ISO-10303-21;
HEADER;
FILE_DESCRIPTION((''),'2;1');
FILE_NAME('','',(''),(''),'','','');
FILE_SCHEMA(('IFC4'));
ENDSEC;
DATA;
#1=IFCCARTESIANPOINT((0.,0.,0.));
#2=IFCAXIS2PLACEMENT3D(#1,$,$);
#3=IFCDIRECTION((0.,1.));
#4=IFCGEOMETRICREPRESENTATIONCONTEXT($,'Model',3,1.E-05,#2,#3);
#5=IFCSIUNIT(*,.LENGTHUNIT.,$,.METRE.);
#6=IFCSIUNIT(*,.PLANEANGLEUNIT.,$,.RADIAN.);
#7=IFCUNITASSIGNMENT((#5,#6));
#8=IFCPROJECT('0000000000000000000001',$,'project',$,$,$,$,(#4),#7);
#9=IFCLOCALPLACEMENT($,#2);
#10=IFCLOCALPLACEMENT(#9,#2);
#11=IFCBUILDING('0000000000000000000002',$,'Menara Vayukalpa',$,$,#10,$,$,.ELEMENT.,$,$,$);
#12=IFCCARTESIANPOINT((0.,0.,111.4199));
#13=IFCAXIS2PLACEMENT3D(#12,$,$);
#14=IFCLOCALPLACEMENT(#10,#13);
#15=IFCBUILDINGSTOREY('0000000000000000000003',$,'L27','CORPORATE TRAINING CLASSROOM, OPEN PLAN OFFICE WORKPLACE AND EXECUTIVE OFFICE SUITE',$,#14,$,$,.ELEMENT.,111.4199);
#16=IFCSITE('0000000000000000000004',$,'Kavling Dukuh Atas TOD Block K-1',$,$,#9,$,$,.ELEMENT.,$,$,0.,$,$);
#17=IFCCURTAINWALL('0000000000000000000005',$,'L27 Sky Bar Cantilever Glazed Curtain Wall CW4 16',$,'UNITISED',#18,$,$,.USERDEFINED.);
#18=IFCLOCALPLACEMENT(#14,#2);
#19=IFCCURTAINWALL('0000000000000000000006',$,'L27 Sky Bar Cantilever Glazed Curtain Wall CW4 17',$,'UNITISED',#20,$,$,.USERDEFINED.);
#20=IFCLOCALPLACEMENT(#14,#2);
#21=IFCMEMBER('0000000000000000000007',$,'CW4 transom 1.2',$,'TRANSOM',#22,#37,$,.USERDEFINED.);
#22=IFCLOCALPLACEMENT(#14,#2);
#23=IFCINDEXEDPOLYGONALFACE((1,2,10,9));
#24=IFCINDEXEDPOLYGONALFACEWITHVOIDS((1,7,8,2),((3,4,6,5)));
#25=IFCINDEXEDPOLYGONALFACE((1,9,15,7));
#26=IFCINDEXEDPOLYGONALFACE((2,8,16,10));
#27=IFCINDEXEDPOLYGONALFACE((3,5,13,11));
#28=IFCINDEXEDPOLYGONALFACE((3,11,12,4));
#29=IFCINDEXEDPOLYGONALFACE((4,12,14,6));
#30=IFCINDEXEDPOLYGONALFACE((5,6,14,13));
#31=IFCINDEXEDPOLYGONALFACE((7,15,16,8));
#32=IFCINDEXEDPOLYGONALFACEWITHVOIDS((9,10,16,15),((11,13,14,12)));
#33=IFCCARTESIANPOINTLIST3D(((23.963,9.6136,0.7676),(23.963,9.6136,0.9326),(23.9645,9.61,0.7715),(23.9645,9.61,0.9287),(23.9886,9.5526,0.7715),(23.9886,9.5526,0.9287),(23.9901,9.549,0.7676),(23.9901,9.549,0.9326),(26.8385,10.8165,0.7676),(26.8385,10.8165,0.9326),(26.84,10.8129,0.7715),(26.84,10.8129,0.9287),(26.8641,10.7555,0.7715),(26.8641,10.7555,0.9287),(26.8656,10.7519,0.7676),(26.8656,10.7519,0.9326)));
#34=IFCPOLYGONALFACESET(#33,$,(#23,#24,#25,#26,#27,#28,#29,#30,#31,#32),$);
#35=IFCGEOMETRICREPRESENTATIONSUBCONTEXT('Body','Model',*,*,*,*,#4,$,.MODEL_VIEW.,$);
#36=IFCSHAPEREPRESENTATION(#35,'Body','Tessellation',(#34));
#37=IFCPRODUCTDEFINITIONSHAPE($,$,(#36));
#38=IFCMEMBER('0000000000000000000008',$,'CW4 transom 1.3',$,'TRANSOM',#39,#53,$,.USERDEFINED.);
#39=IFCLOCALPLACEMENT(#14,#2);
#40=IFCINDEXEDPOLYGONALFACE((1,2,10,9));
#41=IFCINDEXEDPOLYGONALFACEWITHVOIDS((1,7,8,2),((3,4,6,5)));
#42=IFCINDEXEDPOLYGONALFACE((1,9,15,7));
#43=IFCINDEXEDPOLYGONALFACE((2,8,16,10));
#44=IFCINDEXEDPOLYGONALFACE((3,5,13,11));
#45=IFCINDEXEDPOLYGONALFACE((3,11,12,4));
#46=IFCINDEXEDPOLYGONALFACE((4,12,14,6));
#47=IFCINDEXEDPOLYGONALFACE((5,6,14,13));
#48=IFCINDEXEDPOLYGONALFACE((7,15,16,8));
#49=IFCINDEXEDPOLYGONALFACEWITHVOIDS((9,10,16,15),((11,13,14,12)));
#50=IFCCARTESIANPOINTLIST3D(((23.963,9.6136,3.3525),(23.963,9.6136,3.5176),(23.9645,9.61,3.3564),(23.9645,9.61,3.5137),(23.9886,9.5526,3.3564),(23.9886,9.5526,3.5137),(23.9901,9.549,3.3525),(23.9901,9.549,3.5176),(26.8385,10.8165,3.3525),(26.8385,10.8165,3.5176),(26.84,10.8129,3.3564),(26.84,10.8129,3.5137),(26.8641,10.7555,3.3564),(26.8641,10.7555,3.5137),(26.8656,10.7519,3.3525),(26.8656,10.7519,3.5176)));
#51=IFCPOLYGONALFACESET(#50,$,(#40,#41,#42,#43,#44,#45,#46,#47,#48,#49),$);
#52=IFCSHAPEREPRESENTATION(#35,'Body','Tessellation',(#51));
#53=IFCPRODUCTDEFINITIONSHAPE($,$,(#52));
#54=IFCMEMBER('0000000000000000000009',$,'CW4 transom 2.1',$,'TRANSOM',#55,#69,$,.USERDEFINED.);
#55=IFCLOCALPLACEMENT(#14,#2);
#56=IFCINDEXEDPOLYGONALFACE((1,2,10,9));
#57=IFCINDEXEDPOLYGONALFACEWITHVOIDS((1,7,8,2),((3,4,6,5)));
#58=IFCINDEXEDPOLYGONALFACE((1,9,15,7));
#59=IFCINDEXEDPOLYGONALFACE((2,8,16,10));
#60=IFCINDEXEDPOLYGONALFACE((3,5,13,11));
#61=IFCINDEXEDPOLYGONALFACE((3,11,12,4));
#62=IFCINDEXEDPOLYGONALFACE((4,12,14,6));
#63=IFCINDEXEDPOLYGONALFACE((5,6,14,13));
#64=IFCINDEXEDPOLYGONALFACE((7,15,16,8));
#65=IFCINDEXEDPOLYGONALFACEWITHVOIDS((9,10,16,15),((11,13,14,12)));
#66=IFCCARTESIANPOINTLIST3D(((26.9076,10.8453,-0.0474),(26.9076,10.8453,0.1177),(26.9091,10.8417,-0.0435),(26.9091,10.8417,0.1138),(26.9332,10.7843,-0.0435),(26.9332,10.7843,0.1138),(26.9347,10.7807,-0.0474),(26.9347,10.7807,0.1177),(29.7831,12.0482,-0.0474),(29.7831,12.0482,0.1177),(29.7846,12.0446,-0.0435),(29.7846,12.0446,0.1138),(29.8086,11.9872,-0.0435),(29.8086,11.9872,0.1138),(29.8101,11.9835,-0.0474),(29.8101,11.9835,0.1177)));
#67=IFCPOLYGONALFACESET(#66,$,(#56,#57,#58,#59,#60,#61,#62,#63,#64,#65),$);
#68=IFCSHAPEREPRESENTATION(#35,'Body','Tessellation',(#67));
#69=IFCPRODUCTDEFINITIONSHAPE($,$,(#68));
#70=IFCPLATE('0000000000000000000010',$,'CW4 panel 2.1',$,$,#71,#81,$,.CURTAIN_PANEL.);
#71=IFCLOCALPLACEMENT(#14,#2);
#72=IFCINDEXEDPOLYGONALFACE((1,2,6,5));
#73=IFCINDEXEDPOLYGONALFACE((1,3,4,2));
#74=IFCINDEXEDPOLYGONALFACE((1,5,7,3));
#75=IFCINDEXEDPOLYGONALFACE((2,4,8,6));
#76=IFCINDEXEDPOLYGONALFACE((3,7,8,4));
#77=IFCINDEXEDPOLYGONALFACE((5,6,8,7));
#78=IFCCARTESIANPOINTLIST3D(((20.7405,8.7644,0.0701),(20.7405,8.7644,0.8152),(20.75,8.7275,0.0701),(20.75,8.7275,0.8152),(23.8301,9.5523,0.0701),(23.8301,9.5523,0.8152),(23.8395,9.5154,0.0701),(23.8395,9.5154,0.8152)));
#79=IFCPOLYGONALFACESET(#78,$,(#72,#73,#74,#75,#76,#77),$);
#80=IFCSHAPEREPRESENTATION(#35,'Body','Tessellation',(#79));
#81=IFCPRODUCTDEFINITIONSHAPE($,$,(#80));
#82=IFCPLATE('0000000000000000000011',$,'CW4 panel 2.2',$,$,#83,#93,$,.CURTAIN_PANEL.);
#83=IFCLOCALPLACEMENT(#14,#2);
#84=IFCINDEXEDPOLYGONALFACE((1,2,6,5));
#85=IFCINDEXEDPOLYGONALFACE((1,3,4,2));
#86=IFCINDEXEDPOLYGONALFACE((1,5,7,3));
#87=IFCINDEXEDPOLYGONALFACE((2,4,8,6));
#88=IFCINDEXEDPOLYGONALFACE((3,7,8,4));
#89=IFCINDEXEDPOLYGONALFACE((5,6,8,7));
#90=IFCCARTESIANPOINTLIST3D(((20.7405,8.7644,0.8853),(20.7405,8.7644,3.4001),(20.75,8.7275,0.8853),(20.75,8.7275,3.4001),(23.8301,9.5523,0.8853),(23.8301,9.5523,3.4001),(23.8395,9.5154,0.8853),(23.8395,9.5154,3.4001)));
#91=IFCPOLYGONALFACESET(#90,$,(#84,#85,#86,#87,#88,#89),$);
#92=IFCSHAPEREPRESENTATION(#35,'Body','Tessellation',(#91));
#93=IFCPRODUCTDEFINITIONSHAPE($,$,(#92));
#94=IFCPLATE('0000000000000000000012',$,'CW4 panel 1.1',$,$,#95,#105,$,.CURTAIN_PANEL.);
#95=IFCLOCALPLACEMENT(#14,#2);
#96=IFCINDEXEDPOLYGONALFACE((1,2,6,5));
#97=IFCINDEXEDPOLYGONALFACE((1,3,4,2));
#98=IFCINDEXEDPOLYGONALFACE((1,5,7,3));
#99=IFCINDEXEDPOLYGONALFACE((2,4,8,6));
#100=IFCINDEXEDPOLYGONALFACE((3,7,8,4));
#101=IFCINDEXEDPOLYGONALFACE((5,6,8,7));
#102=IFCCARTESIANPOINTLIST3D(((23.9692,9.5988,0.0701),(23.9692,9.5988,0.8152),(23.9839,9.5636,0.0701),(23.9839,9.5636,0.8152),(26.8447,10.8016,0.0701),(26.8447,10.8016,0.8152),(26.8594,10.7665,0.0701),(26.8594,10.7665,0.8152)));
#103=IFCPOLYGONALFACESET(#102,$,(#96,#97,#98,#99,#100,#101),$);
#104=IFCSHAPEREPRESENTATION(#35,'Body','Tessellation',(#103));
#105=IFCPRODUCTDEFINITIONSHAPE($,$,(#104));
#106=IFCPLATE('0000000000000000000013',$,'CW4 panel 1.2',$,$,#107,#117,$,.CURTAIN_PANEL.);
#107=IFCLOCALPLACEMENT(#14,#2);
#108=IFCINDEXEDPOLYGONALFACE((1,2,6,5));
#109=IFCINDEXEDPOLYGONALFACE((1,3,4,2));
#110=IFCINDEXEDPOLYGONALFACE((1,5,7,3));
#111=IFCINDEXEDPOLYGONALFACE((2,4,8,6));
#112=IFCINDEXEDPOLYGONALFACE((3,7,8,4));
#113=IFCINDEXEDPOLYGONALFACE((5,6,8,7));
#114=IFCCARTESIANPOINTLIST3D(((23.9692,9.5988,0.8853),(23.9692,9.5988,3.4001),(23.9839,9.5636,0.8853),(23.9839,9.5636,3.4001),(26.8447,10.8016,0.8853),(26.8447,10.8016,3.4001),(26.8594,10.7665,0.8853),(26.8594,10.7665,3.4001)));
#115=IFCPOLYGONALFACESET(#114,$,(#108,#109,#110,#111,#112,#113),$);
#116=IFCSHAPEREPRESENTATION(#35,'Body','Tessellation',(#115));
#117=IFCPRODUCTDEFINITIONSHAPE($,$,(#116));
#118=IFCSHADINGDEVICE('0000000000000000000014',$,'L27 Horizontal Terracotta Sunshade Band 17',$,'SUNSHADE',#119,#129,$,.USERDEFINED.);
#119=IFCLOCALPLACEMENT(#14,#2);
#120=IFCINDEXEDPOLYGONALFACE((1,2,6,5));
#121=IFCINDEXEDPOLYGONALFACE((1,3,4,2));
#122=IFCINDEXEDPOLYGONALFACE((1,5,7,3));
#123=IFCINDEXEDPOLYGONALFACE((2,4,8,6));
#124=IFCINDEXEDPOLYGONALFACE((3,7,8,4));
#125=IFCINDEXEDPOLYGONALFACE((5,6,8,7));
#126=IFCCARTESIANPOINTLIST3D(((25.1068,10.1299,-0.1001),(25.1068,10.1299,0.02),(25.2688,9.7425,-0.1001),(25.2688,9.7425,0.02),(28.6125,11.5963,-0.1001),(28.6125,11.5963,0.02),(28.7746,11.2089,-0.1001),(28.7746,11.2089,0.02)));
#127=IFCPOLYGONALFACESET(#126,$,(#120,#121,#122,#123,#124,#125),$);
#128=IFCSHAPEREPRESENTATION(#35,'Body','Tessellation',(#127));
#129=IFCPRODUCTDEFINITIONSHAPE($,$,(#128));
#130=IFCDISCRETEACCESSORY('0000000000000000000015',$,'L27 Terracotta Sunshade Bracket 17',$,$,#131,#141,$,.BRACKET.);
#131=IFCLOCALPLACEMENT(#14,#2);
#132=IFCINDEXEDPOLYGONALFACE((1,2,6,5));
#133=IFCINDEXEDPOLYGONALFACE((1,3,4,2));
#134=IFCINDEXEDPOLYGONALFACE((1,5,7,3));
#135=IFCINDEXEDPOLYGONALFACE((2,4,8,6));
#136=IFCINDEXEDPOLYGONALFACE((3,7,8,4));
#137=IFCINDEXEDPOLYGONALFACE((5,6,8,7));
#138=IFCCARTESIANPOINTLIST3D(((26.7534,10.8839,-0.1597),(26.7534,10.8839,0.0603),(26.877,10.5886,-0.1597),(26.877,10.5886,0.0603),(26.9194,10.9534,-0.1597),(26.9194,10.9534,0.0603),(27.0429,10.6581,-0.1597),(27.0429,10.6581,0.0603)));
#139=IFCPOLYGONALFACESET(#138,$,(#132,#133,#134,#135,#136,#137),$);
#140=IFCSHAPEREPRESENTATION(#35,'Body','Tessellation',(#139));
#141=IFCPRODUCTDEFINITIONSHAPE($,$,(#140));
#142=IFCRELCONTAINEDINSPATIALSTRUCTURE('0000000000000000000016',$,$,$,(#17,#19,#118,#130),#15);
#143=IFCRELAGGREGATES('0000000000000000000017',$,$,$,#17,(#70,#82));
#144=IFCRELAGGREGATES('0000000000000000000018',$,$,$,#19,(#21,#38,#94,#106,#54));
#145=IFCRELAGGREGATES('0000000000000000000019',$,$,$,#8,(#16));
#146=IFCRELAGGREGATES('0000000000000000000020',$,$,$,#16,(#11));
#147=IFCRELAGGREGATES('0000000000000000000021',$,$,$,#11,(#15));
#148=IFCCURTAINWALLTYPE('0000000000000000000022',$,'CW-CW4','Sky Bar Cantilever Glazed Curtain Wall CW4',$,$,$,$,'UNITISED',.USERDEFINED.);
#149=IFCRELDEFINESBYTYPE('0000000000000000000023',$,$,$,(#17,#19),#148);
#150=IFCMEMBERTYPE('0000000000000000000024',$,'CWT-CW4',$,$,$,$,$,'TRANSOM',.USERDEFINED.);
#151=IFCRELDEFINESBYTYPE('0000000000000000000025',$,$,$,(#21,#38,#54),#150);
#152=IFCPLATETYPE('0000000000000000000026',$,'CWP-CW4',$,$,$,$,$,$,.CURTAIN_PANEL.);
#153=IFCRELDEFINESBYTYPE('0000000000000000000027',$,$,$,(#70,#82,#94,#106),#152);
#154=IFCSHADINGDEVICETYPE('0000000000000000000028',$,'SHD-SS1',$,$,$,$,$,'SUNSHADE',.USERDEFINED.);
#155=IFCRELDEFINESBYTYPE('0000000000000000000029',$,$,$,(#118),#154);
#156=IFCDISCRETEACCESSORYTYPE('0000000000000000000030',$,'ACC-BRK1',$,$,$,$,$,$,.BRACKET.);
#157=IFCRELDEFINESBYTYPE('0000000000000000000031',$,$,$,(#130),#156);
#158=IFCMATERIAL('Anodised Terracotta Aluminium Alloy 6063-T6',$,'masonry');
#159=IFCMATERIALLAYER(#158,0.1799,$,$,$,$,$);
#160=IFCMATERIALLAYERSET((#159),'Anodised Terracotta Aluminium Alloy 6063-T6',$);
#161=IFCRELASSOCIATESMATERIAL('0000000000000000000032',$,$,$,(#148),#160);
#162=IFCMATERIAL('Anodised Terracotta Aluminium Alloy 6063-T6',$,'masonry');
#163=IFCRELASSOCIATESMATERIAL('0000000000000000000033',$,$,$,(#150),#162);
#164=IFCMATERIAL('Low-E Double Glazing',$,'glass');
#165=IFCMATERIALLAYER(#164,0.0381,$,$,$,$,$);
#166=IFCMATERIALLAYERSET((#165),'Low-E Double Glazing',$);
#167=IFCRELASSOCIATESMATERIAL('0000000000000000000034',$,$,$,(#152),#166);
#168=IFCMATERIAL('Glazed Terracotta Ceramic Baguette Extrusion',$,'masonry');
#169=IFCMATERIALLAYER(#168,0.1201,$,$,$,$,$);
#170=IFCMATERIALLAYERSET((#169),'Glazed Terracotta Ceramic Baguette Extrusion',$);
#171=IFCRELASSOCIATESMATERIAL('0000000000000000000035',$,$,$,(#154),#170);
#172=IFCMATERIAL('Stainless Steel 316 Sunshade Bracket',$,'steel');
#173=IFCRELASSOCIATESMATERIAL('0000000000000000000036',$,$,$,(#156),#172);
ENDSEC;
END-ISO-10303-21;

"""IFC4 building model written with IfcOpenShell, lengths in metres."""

from ifc_helpers import new_model, si_unit, direction, frame, origin, origin_2d, place, context, subcontext, project, spatial, rectangle, hollow_rectangle, extrude, material, layer, layer_set, material_profile, profile_set, type_object, element, aggregate, save


model = new_model("IFC4")

# Units and contexts
model_context = context("Model", 3, precision=1e-05, world=origin(), true_north=direction((0.0, 1.0)))
body_context = subcontext(model_context, "Body", "Model", "MODEL_VIEW")
ifc_project = project(units=[si_unit("LENGTHUNIT", "METRE"), si_unit("PLANEANGLEUNIT", "RADIAN")], contexts=[model_context])

# Site, building, storey
site_placement = place(None, origin())
site = spatial("IfcSite", under=ifc_project, at=site_placement, Name="Kavling Dukuh Atas TOD Block K-1", CompositionType="ELEMENT", RefElevation=0.0)
building_placement = place(site_placement, origin())
building = spatial("IfcBuilding", under=site, at=building_placement, Name="Menara Vayukalpa", CompositionType="ELEMENT")
storey_placement = place(building_placement, frame((0.0, 0.0, 111.4199)))
storey = spatial("IfcBuildingStorey", under=building, at=storey_placement, Name="L27", Description="CORPORATE TRAINING CLASSROOM, OPEN PLAN OFFICE WORKPLACE AND EXECUTIVE OFFICE SUITE", CompositionType="ELEMENT", Elevation=111.4199)

# Curtain walls
ifc_material_1 = material(Name="Anodised Terracotta Aluminium Alloy 6063-T6", Category="masonry")
ifc_layer_1 = layer(ifc_material_1, 0.1799)
ifc_layer_set_1 = layer_set([ifc_layer_1], Name="Anodised Terracotta Aluminium Alloy 6063-T6")
curtain_wall_type = type_object("IfcCurtainWallType", Name="CW-CW4", Description="Sky Bar Cantilever Glazed Curtain Wall CW4", ElementType="UNITISED", PredefinedType="USERDEFINED", material=ifc_layer_set_1)
curtain_wall_1_placement = place(storey_placement, origin())
curtain_wall_1 = element("IfcCurtainWall", 1, at=curtain_wall_1_placement, inside=storey, type_object=curtain_wall_type, Name="L27 Sky Bar Cantilever Glazed Curtain Wall CW4 16", ObjectType="UNITISED", PredefinedType="USERDEFINED")
curtain_wall_2_placement = place(storey_placement, origin())
curtain_wall_2 = element("IfcCurtainWall", 2, at=curtain_wall_2_placement, inside=storey, type_object=curtain_wall_type, Name="L27 Sky Bar Cantilever Glazed Curtain Wall CW4 17", ObjectType="UNITISED", PredefinedType="USERDEFINED")

# Members
ifc_material_2 = material(Name="Anodised Terracotta Aluminium Alloy 6063-T6", Category="masonry")
ifc_material_profile_1 = material_profile(ifc_material_2, hollow_rectangle(XDim=0.0701, YDim=0.165, WallThickness=0.0039, at=origin_2d()), Name="ALU 70x165x4")
ifc_profile_set_1 = profile_set([ifc_material_profile_1], Name="Anodised Terracotta Aluminium Alloy 6063-T6")
member_type_1 = type_object("IfcMemberType", Name="CWT-CW4", ElementType="TRANSOM", PredefinedType="USERDEFINED", material=ifc_profile_set_1)
member_1_placement = place(storey_placement, frame((23.9766, 9.5813, 0.8501), z_axis=(0.922534, 0.385916, 0.0), x_axis=(-0.385916, 0.922534, 0.0)))
member_1 = element("IfcMember", 3, at=member_1_placement, type_object=member_type_1, Name="CW4 transom 1.2", ObjectType="TRANSOM", PredefinedType="USERDEFINED", context=body_context, shape_type="SweptSolid", body=[
    extrude(hollow_rectangle(XDim=0.0701, YDim=0.165, WallThickness=0.0039, at=origin_2d()), origin(), (0.0, 0.0, 1.0), 3.1169),
])
member_2_placement = place(storey_placement, frame((23.9766, 9.5813, 3.4351), z_axis=(0.922534, 0.385916, 0.0), x_axis=(-0.385916, 0.922534, 0.0)))
member_2 = element("IfcMember", 4, at=member_2_placement, type_object=member_type_1, Name="CW4 transom 1.3", ObjectType="TRANSOM", PredefinedType="USERDEFINED", context=body_context, shape_type="SweptSolid", body=[
    extrude(hollow_rectangle(XDim=0.0701, YDim=0.165, WallThickness=0.0039, at=origin_2d()), origin(), (0.0, 0.0, 1.0), 3.1169),
])
member_3_placement = place(storey_placement, frame((26.9211, 10.813, 0.0352), z_axis=(0.922534, 0.385916, 0.0), x_axis=(-0.385916, 0.922534, 0.0)))
member_3 = element("IfcMember", 5, at=member_3_placement, type_object=member_type_1, Name="CW4 transom 2.1", ObjectType="TRANSOM", PredefinedType="USERDEFINED", context=body_context, shape_type="SweptSolid", body=[
    extrude(hollow_rectangle(XDim=0.0701, YDim=0.165, WallThickness=0.0039, at=origin_2d()), origin(), (0.0, 0.0, 1.0), 3.1169),
])

# Plates
ifc_material_3 = material(Name="Low-E Double Glazing", Category="glass")
ifc_layer_2 = layer(ifc_material_3, 0.0381)
ifc_layer_set_2 = layer_set([ifc_layer_2], Name="Low-E Double Glazing")
plate_type = type_object("IfcPlateType", Name="CWP-CW4", PredefinedType="CURTAIN_PANEL", material=ifc_layer_set_2)
plate_1_placement = place(storey_placement, frame((22.29, 9.1399, 0.0701), z_axis=(0.0, 0.0, 1.0), x_axis=(0.968982, 0.247131, 0.0)))
plate_1 = element("IfcPlate", 6, at=plate_1_placement, type_object=plate_type, Name="CW4 panel 2.1", PredefinedType="CURTAIN_PANEL", context=body_context, shape_type="SweptSolid", body=[
    extrude(rectangle(XDim=3.1885, YDim=0.0381, at=origin_2d()), origin(), (0.0, 0.0, 1.0), 0.7451),
])
plate_2_placement = place(storey_placement, frame((22.29, 9.1399, 0.8853), z_axis=(0.0, 0.0, 1.0), x_axis=(0.968982, 0.247131, 0.0)))
plate_2 = element("IfcPlate", 7, at=plate_2_placement, type_object=plate_type, Name="CW4 panel 2.2", PredefinedType="CURTAIN_PANEL", context=body_context, shape_type="SweptSolid", body=[
    extrude(rectangle(XDim=3.1885, YDim=0.0381, at=origin_2d()), origin(), (0.0, 0.0, 1.0), 2.5149),
])
aggregate(curtain_wall_1, [plate_1, plate_2])
plate_3_placement = place(storey_placement, frame((25.4143, 10.1826, 0.0701), z_axis=(0.0, 0.0, 1.0), x_axis=(0.922543, 0.385894, 0.0)))
plate_3 = element("IfcPlate", 8, at=plate_3_placement, type_object=plate_type, Name="CW4 panel 1.1", PredefinedType="CURTAIN_PANEL", context=body_context, shape_type="SweptSolid", body=[
    extrude(rectangle(XDim=3.1169, YDim=0.0381, at=origin_2d()), origin(), (0.0, 0.0, 1.0), 0.7451),
])
plate_4_placement = place(storey_placement, frame((25.4143, 10.1826, 0.8853), z_axis=(0.0, 0.0, 1.0), x_axis=(0.922543, 0.385894, 0.0)))
plate_4 = element("IfcPlate", 9, at=plate_4_placement, type_object=plate_type, Name="CW4 panel 1.2", PredefinedType="CURTAIN_PANEL", context=body_context, shape_type="SweptSolid", body=[
    extrude(rectangle(XDim=3.1169, YDim=0.0381, at=origin_2d()), origin(), (0.0, 0.0, 1.0), 2.5149),
])
aggregate(curtain_wall_2, [member_1, member_2, plate_3, plate_4, member_3])

# Shading device
ifc_material_4 = material(Name="Glazed Terracotta Ceramic Baguette Extrusion", Category="masonry")
ifc_layer_3 = layer(ifc_material_4, 0.1201)
ifc_layer_set_3 = layer_set([ifc_layer_3], Name="Glazed Terracotta Ceramic Baguette Extrusion")
shading_device_type = type_object("IfcShadingDeviceType", Name="SHD-SS1", ElementType="SUNSHADE", PredefinedType="USERDEFINED", material=ifc_layer_set_3)
shading_device_placement = place(storey_placement, frame((26.9407, 10.6694, -0.1001), z_axis=(0.0, 0.0, 1.0), x_axis=(0.922545, 0.38589, 0.0)))
element("IfcShadingDevice", 10, at=shading_device_placement, inside=storey, type_object=shading_device_type, Name="L27 Horizontal Terracotta Sunshade Band 17", ObjectType="SUNSHADE", PredefinedType="USERDEFINED", context=body_context, shape_type="SweptSolid", body=[
    extrude(rectangle(XDim=3.8, YDim=0.4199, at=origin_2d()), origin(), (0.0, 0.0, 1.0), 0.1201),
])

# Discrete accessory
ifc_material_5 = material(Name="Stainless Steel 316 Sunshade Bracket", Category="steel")
discrete_accessory_type = type_object("IfcDiscreteAccessoryType", Name="ACC-BRK1", PredefinedType="BRACKET", material=ifc_material_5)
discrete_accessory_placement = place(storey_placement, frame((26.8982, 10.771, -0.1597), z_axis=(0.0, 0.0, 1.0), x_axis=(0.922545, 0.38589, 0.0)))
element("IfcDiscreteAccessory", 11, at=discrete_accessory_placement, inside=storey, type_object=discrete_accessory_type, Name="L27 Terracotta Sunshade Bracket 17", PredefinedType="BRACKET", context=body_context, shape_type="SweptSolid", body=[
    extrude(rectangle(XDim=0.1799, YDim=0.3201, at=origin_2d()), origin(), (0.0, 0.0, 1.0), 0.22),
])

save(model, "model.ifc")
